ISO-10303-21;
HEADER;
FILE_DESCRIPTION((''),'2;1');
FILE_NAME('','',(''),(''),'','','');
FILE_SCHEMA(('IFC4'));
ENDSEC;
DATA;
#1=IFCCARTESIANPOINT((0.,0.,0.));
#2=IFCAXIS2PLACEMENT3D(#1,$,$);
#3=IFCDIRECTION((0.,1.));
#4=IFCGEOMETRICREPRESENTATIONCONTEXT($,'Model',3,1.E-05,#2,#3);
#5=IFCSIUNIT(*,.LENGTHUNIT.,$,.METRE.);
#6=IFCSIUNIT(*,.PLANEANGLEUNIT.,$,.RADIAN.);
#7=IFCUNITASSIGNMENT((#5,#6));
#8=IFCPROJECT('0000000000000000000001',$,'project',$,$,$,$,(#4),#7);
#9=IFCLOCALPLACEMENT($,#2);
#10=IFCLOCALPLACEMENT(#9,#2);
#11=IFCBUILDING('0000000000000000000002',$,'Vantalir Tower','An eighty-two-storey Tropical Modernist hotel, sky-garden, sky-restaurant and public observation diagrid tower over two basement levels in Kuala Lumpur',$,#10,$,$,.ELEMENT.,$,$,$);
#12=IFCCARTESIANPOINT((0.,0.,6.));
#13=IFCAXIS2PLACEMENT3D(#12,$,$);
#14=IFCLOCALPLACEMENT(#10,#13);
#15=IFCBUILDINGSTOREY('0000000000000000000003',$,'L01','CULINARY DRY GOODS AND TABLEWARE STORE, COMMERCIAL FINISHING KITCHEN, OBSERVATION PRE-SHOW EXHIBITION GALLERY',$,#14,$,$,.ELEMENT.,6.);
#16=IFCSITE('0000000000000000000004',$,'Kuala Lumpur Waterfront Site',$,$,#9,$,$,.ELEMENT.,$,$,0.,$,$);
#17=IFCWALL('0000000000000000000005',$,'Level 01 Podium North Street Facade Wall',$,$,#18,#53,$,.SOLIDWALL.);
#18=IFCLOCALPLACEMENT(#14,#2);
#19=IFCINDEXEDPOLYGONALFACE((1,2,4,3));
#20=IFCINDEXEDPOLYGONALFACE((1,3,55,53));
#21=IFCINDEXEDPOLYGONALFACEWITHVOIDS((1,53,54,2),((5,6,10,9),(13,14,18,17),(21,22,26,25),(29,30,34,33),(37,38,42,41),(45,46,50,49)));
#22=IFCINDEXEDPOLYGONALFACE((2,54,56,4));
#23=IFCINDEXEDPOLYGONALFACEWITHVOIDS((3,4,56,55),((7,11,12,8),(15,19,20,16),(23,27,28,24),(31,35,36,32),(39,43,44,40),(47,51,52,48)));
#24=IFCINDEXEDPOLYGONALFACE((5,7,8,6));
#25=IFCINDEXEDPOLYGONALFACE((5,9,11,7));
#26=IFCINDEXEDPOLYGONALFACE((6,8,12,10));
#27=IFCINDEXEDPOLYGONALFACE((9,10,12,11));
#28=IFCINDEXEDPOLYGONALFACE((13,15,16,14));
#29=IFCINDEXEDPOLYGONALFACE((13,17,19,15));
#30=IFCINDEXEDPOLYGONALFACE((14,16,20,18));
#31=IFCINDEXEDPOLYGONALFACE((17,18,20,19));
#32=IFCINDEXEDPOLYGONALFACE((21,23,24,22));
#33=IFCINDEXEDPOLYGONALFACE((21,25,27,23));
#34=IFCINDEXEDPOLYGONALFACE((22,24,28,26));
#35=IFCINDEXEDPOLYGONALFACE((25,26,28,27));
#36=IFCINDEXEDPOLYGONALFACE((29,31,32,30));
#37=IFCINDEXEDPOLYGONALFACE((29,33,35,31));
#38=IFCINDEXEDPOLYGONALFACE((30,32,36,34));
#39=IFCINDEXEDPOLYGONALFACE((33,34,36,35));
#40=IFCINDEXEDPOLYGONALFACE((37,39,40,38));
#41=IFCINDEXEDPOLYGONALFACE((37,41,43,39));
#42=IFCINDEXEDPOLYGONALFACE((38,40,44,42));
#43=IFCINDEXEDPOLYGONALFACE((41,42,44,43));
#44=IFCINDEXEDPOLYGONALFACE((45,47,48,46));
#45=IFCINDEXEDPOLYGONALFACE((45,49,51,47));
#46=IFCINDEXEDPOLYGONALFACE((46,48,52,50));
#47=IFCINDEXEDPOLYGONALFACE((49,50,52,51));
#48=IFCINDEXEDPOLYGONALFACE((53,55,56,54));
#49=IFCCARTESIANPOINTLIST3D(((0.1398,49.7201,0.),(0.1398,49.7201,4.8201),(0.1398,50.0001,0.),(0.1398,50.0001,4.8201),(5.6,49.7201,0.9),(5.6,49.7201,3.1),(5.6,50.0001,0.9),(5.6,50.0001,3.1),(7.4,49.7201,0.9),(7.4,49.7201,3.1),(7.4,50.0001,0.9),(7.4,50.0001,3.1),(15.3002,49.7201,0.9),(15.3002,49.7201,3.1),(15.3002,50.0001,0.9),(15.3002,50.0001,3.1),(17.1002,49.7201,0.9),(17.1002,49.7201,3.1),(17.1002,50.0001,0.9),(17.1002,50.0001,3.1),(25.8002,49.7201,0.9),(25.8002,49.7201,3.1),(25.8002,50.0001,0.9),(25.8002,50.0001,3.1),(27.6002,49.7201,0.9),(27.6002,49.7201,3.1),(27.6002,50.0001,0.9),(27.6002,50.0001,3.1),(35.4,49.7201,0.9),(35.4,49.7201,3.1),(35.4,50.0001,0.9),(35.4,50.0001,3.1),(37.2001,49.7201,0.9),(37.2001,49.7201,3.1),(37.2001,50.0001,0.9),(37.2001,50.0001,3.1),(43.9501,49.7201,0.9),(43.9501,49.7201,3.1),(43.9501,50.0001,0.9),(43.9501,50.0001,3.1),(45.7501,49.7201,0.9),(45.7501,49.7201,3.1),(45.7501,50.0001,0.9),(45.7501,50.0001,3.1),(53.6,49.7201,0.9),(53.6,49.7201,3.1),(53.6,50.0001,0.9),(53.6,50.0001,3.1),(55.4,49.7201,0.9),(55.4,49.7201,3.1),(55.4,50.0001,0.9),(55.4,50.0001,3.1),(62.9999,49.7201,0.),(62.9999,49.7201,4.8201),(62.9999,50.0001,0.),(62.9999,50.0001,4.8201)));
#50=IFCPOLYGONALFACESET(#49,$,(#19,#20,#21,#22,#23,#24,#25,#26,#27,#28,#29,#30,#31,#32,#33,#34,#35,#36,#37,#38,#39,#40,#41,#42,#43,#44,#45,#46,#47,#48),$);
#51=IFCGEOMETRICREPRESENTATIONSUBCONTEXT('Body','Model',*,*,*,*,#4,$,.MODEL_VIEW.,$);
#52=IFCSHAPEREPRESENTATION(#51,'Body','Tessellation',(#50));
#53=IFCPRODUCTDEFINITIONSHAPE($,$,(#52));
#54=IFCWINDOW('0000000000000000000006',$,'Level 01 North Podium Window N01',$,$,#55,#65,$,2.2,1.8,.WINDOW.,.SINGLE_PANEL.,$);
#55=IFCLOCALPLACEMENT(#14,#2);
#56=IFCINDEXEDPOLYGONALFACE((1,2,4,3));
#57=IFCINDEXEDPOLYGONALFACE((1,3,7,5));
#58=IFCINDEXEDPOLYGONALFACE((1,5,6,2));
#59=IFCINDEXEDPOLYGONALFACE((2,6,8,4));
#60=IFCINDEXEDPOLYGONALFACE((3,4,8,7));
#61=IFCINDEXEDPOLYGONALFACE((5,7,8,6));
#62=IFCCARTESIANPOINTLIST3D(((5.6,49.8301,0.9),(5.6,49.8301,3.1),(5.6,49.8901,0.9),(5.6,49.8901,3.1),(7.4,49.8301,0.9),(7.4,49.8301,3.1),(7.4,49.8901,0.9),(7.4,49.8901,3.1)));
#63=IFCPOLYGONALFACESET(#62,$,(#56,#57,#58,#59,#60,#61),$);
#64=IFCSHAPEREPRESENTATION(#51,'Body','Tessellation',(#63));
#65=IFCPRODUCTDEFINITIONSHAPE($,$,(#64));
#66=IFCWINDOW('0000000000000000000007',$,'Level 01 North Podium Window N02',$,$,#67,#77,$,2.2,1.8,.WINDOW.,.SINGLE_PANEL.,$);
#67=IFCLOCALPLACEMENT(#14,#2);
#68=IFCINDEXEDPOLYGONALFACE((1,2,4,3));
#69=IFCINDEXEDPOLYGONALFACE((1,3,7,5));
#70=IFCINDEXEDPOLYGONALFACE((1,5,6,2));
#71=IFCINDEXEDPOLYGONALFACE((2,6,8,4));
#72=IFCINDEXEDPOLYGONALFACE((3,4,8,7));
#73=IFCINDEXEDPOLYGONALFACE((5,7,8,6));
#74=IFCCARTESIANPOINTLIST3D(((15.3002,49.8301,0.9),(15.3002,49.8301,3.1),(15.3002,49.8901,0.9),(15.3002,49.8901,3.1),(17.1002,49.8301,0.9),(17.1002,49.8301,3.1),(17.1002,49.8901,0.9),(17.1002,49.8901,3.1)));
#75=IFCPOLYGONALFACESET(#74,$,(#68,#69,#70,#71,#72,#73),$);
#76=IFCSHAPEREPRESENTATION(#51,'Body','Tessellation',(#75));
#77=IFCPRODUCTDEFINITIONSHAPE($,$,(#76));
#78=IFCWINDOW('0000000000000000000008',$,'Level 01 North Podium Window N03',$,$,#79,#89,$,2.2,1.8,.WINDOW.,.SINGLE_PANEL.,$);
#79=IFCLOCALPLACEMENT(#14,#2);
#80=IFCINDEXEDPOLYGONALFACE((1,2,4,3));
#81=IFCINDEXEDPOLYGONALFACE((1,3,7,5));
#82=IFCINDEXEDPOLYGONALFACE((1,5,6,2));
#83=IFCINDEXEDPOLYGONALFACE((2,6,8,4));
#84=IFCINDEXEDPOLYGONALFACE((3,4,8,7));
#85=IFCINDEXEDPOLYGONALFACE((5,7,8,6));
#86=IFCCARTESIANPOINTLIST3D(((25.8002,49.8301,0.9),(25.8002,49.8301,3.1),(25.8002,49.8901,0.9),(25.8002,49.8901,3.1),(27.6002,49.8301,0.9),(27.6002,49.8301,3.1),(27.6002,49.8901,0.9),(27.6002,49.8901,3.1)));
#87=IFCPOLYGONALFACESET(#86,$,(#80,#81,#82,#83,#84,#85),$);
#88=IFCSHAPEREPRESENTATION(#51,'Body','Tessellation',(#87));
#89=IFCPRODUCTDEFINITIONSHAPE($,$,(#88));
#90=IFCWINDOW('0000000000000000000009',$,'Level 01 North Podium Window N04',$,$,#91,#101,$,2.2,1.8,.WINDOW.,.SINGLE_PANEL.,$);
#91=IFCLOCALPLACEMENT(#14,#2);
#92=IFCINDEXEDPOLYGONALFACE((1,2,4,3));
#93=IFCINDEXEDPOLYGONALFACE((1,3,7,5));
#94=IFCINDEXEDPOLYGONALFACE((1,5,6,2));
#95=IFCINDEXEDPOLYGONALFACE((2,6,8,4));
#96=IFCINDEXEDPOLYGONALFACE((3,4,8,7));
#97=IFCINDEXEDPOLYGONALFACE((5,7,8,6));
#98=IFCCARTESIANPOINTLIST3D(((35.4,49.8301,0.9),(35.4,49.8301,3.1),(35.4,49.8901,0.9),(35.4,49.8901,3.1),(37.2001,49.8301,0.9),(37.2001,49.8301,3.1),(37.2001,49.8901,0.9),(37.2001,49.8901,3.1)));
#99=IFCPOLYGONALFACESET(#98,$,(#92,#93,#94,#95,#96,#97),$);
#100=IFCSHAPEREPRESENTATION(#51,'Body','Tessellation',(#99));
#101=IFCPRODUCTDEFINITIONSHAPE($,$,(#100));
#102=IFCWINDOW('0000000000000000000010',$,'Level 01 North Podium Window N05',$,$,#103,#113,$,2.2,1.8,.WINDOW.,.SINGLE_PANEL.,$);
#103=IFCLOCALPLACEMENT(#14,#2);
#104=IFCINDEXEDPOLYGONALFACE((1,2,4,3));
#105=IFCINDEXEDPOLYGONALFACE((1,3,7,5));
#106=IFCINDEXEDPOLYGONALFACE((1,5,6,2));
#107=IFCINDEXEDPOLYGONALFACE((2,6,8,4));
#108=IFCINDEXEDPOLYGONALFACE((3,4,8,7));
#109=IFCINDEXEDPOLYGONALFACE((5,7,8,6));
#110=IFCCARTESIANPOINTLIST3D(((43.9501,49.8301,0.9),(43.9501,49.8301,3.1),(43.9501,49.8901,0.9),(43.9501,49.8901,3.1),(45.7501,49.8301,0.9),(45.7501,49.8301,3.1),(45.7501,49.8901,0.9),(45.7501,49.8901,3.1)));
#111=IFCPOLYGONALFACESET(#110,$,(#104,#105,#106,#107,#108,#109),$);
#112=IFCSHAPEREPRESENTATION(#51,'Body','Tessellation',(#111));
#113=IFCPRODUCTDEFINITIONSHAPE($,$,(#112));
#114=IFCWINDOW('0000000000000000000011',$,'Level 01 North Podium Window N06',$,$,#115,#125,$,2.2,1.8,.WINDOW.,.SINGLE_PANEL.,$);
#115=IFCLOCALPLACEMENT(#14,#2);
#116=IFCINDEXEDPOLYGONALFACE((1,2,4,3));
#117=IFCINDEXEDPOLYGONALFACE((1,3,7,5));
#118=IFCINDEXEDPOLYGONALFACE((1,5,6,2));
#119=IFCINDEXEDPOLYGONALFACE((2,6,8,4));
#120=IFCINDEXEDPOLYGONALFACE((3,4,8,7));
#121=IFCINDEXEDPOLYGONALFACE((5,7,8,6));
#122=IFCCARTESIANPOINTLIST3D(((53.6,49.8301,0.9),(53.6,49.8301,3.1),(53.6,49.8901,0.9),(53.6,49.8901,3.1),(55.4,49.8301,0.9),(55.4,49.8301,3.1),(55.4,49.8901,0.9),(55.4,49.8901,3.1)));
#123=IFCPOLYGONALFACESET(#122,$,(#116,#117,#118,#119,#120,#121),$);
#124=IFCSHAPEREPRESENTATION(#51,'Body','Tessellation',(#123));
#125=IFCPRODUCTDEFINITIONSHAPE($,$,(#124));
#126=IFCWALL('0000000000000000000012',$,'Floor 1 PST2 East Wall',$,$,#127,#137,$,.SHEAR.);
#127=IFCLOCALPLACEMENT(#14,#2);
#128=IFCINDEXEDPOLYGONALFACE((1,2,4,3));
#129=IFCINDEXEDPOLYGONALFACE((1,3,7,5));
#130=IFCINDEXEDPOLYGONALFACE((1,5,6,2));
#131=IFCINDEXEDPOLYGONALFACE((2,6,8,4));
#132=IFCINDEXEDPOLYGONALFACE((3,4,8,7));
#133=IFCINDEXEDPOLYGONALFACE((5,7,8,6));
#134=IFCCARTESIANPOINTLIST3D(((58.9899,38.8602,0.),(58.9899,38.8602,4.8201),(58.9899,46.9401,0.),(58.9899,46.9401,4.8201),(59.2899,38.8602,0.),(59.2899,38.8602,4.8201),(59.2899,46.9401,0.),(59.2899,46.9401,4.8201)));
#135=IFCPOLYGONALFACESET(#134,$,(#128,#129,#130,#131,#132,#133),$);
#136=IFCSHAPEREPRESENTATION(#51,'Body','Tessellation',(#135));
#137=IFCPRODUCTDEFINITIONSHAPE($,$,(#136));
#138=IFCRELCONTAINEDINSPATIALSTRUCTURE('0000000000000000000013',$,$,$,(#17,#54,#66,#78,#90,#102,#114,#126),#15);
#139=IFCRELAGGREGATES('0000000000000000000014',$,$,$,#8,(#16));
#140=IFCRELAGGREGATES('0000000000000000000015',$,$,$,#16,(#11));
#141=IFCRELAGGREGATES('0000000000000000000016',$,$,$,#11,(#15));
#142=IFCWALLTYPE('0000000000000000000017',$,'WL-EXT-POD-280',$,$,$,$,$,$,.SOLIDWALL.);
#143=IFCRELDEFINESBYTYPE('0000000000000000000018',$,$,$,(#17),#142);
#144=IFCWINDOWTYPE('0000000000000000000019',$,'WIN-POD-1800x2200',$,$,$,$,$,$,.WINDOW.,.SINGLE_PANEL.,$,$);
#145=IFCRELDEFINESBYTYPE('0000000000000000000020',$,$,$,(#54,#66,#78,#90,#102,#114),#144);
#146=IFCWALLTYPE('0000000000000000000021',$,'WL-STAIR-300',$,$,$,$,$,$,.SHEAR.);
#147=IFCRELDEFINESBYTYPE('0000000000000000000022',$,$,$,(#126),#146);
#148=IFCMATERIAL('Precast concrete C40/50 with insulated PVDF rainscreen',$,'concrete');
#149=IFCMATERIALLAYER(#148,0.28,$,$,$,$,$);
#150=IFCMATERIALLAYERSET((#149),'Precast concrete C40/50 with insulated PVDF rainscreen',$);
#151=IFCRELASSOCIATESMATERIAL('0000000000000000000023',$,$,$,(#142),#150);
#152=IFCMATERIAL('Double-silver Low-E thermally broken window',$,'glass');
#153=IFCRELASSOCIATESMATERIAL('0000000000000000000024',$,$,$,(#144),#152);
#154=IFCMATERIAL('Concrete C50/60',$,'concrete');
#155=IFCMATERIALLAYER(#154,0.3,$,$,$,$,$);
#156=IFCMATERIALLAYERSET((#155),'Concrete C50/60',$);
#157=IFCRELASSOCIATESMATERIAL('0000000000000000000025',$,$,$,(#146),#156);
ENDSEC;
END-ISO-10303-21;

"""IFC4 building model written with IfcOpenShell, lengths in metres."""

from ifc_helpers import new_model, si_unit, direction, frame, frame_2d, origin, place, context, subcontext, project, spatial, rectangle, extrude, material, layer, layer_set, type_object, element, fill, save


model = new_model("IFC4")

# Units and contexts
model_context = context("Model", 3, precision=1e-05, world=origin(), true_north=direction((0.0, 1.0)))
body_context = subcontext(model_context, "Body", "Model", "MODEL_VIEW")
ifc_project = project(units=[si_unit("LENGTHUNIT", "METRE"), si_unit("PLANEANGLEUNIT", "RADIAN")], contexts=[model_context])

# Site, building, storey
site_placement = place(None, origin())
site = spatial("IfcSite", under=ifc_project, at=site_placement, Name="Kuala Lumpur Waterfront Site", CompositionType="ELEMENT", RefElevation=0.0)
building_placement = place(site_placement, origin())
building = spatial("IfcBuilding", under=site, at=building_placement, Name="Vantalir Tower", Description="An eighty-two-storey Tropical Modernist hotel, sky-garden, sky-restaurant and public observation diagrid tower over two basement levels in Kuala Lumpur", CompositionType="ELEMENT")
storey_placement = place(building_placement, frame((0.0, 0.0, 6.0)))
storey = spatial("IfcBuildingStorey", under=building, at=storey_placement, Name="L01", Description="CULINARY DRY GOODS AND TABLEWARE STORE, COMMERCIAL FINISHING KITCHEN, OBSERVATION PRE-SHOW EXHIBITION GALLERY", CompositionType="ELEMENT", Elevation=6.0)

# Wall, openings, windows
ifc_material_1 = material(Name="Precast concrete C40/50 with insulated PVDF rainscreen", Category="concrete")
ifc_layer_1 = layer(ifc_material_1, 0.28)
ifc_layer_set_1 = layer_set([ifc_layer_1], Name="Precast concrete C40/50 with insulated PVDF rainscreen")
wall_type_1 = type_object("IfcWallType", Name="WL-EXT-POD-280", PredefinedType="SOLIDWALL", material=ifc_layer_set_1)
wall_1_placement = place(storey_placement, frame((63.0, 49.8601, 0.0), z_axis=(0.0, 0.0, 1.0), x_axis=(-1.0, 0.0, 0.0)))
wall_1 = element("IfcWall", 1, at=wall_1_placement, inside=storey, type_object=wall_type_1, Name="Level 01 Podium North Street Facade Wall", PredefinedType="SOLIDWALL", context=body_context, shape_type="SweptSolid", body=[
    extrude(rectangle(XDim=62.8601, YDim=0.28, at=frame_2d((31.4302, 0.0))), origin(), (0.0, 0.0, 1.0), 4.8201),
])
opening_1_placement = place(wall_1_placement, frame((55.6001, 0.0, 0.8999)))
opening_1 = element("IfcOpeningElement", 2, at=opening_1_placement, cuts=wall_1, PredefinedType="OPENING", context=body_context, shape_type="SweptSolid", body=[
    extrude(rectangle(XDim=1.8, YDim=2.2, at=frame_2d((0.8999, 1.1001))), frame((0.0, 0.1499, 0.0), z_axis=(0.0, -1.0, 0.0), x_axis=(1.0, 0.0, 0.0)), (0.0, 0.0, 1.0), 0.3),
])
opening_2_placement = place(wall_1_placement, frame((45.8999, 0.0, 0.8999)))
opening_2 = element("IfcOpeningElement", 3, at=opening_2_placement, cuts=wall_1, PredefinedType="OPENING", context=body_context, shape_type="SweptSolid", body=[
    extrude(rectangle(XDim=1.8, YDim=2.2, at=frame_2d((0.8999, 1.1001))), frame((0.0, 0.1499, 0.0), z_axis=(0.0, -1.0, 0.0), x_axis=(1.0, 0.0, 0.0)), (0.0, 0.0, 1.0), 0.3),
])
opening_3_placement = place(wall_1_placement, frame((35.3999, 0.0, 0.8999)))
opening_3 = element("IfcOpeningElement", 4, at=opening_3_placement, cuts=wall_1, PredefinedType="OPENING", context=body_context, shape_type="SweptSolid", body=[
    extrude(rectangle(XDim=1.8, YDim=2.2, at=frame_2d((0.8999, 1.1001))), frame((0.0, 0.1499, 0.0), z_axis=(0.0, -1.0, 0.0), x_axis=(1.0, 0.0, 0.0)), (0.0, 0.0, 1.0), 0.3),
])
opening_4_placement = place(wall_1_placement, frame((25.8, 0.0, 0.8999)))
opening_4 = element("IfcOpeningElement", 5, at=opening_4_placement, cuts=wall_1, PredefinedType="OPENING", context=body_context, shape_type="SweptSolid", body=[
    extrude(rectangle(XDim=1.8, YDim=2.2, at=frame_2d((0.8999, 1.1001))), frame((0.0, 0.1499, 0.0), z_axis=(0.0, -1.0, 0.0), x_axis=(1.0, 0.0, 0.0)), (0.0, 0.0, 1.0), 0.3),
])
opening_5_placement = place(wall_1_placement, frame((17.25, 0.0, 0.8999)))
opening_5 = element("IfcOpeningElement", 6, at=opening_5_placement, cuts=wall_1, PredefinedType="OPENING", context=body_context, shape_type="SweptSolid", body=[
    extrude(rectangle(XDim=1.8, YDim=2.2, at=frame_2d((0.8999, 1.1001))), frame((0.0, 0.1499, 0.0), z_axis=(0.0, -1.0, 0.0), x_axis=(1.0, 0.0, 0.0)), (0.0, 0.0, 1.0), 0.3),
])
opening_6_placement = place(wall_1_placement, frame((7.6001, 0.0, 0.8999)))
opening_6 = element("IfcOpeningElement", 7, at=opening_6_placement, cuts=wall_1, PredefinedType="OPENING", context=body_context, shape_type="SweptSolid", body=[
    extrude(rectangle(XDim=1.8, YDim=2.2, at=frame_2d((0.8999, 1.1001))), frame((0.0, 0.1499, 0.0), z_axis=(0.0, -1.0, 0.0), x_axis=(1.0, 0.0, 0.0)), (0.0, 0.0, 1.0), 0.3),
])
ifc_material_2 = material(Name="Double-silver Low-E thermally broken window", Category="glass")
window_type = type_object("IfcWindowType", Name="WIN-POD-1800x2200", PartitioningType="SINGLE_PANEL", PredefinedType="WINDOW", material=ifc_material_2)
window_1_placement = place(opening_1_placement, origin())
window_1 = element("IfcWindow", 8, at=window_1_placement, inside=storey, type_object=window_type, Name="Level 01 North Podium Window N01", OverallHeight=2.2, OverallWidth=1.8, PartitioningType="SINGLE_PANEL", PredefinedType="WINDOW", context=body_context, shape_type="SweptSolid", body=[
    extrude(rectangle(XDim=1.8, YDim=2.2, at=frame_2d((0.8999, 1.1001))), frame((0.0, 0.03, 0.0), z_axis=(0.0, -1.0, 0.0), x_axis=(1.0, 0.0, 0.0)), (0.0, 0.0, 1.0), 0.0601),
])
fill(opening_1, window_1)
window_2_placement = place(opening_2_placement, origin())
window_2 = element("IfcWindow", 9, at=window_2_placement, inside=storey, type_object=window_type, Name="Level 01 North Podium Window N02", OverallHeight=2.2, OverallWidth=1.8, PartitioningType="SINGLE_PANEL", PredefinedType="WINDOW", context=body_context, shape_type="SweptSolid", body=[
    extrude(rectangle(XDim=1.8, YDim=2.2, at=frame_2d((0.8999, 1.1001))), frame((0.0, 0.03, 0.0), z_axis=(0.0, -1.0, 0.0), x_axis=(1.0, 0.0, 0.0)), (0.0, 0.0, 1.0), 0.0601),
])
fill(opening_2, window_2)
window_3_placement = place(opening_3_placement, origin())
window_3 = element("IfcWindow", 10, at=window_3_placement, inside=storey, type_object=window_type, Name="Level 01 North Podium Window N03", OverallHeight=2.2, OverallWidth=1.8, PartitioningType="SINGLE_PANEL", PredefinedType="WINDOW", context=body_context, shape_type="SweptSolid", body=[
    extrude(rectangle(XDim=1.8, YDim=2.2, at=frame_2d((0.8999, 1.1001))), frame((0.0, 0.03, 0.0), z_axis=(0.0, -1.0, 0.0), x_axis=(1.0, 0.0, 0.0)), (0.0, 0.0, 1.0), 0.0601),
])
fill(opening_3, window_3)
window_4_placement = place(opening_4_placement, origin())
window_4 = element("IfcWindow", 11, at=window_4_placement, inside=storey, type_object=window_type, Name="Level 01 North Podium Window N04", OverallHeight=2.2, OverallWidth=1.8, PartitioningType="SINGLE_PANEL", PredefinedType="WINDOW", context=body_context, shape_type="SweptSolid", body=[
    extrude(rectangle(XDim=1.8, YDim=2.2, at=frame_2d((0.8999, 1.1001))), frame((0.0, 0.03, 0.0), z_axis=(0.0, -1.0, 0.0), x_axis=(1.0, 0.0, 0.0)), (0.0, 0.0, 1.0), 0.0601),
])
fill(opening_4, window_4)
window_5_placement = place(opening_5_placement, origin())
window_5 = element("IfcWindow", 12, at=window_5_placement, inside=storey, type_object=window_type, Name="Level 01 North Podium Window N05", OverallHeight=2.2, OverallWidth=1.8, PartitioningType="SINGLE_PANEL", PredefinedType="WINDOW", context=body_context, shape_type="SweptSolid", body=[
    extrude(rectangle(XDim=1.8, YDim=2.2, at=frame_2d((0.8999, 1.1001))), frame((0.0, 0.03, 0.0), z_axis=(0.0, -1.0, 0.0), x_axis=(1.0, 0.0, 0.0)), (0.0, 0.0, 1.0), 0.0601),
])
fill(opening_5, window_5)
window_6_placement = place(opening_6_placement, origin())
window_6 = element("IfcWindow", 13, at=window_6_placement, inside=storey, type_object=window_type, Name="Level 01 North Podium Window N06", OverallHeight=2.2, OverallWidth=1.8, PartitioningType="SINGLE_PANEL", PredefinedType="WINDOW", context=body_context, shape_type="SweptSolid", body=[
    extrude(rectangle(XDim=1.8, YDim=2.2, at=frame_2d((0.8999, 1.1001))), frame((0.0, 0.03, 0.0), z_axis=(0.0, -1.0, 0.0), x_axis=(1.0, 0.0, 0.0)), (0.0, 0.0, 1.0), 0.0601),
])
fill(opening_6, window_6)

# Wall
ifc_material_3 = material(Name="Concrete C50/60", Category="concrete")
ifc_layer_2 = layer(ifc_material_3, 0.3)
ifc_layer_set_2 = layer_set([ifc_layer_2], Name="Concrete C50/60")
wall_type_2 = type_object("IfcWallType", Name="WL-STAIR-300", PredefinedType="SHEAR", material=ifc_layer_set_2)
wall_2_placement = place(storey_placement, frame((59.1399, 38.8601, 0.0), z_axis=(0.0, 0.0, 1.0), x_axis=(0.0, 1.0, 0.0)))
element("IfcWall", 14, at=wall_2_placement, inside=storey, type_object=wall_type_2, Name="Floor 1 PST2 East Wall", PredefinedType="SHEAR", context=body_context, shape_type="SweptSolid", body=[
    extrude(rectangle(XDim=8.0798, YDim=0.3, at=frame_2d((4.04, 0.0))), origin(), (0.0, 0.0, 1.0), 4.8201),
])

save(model, "model.ifc")
